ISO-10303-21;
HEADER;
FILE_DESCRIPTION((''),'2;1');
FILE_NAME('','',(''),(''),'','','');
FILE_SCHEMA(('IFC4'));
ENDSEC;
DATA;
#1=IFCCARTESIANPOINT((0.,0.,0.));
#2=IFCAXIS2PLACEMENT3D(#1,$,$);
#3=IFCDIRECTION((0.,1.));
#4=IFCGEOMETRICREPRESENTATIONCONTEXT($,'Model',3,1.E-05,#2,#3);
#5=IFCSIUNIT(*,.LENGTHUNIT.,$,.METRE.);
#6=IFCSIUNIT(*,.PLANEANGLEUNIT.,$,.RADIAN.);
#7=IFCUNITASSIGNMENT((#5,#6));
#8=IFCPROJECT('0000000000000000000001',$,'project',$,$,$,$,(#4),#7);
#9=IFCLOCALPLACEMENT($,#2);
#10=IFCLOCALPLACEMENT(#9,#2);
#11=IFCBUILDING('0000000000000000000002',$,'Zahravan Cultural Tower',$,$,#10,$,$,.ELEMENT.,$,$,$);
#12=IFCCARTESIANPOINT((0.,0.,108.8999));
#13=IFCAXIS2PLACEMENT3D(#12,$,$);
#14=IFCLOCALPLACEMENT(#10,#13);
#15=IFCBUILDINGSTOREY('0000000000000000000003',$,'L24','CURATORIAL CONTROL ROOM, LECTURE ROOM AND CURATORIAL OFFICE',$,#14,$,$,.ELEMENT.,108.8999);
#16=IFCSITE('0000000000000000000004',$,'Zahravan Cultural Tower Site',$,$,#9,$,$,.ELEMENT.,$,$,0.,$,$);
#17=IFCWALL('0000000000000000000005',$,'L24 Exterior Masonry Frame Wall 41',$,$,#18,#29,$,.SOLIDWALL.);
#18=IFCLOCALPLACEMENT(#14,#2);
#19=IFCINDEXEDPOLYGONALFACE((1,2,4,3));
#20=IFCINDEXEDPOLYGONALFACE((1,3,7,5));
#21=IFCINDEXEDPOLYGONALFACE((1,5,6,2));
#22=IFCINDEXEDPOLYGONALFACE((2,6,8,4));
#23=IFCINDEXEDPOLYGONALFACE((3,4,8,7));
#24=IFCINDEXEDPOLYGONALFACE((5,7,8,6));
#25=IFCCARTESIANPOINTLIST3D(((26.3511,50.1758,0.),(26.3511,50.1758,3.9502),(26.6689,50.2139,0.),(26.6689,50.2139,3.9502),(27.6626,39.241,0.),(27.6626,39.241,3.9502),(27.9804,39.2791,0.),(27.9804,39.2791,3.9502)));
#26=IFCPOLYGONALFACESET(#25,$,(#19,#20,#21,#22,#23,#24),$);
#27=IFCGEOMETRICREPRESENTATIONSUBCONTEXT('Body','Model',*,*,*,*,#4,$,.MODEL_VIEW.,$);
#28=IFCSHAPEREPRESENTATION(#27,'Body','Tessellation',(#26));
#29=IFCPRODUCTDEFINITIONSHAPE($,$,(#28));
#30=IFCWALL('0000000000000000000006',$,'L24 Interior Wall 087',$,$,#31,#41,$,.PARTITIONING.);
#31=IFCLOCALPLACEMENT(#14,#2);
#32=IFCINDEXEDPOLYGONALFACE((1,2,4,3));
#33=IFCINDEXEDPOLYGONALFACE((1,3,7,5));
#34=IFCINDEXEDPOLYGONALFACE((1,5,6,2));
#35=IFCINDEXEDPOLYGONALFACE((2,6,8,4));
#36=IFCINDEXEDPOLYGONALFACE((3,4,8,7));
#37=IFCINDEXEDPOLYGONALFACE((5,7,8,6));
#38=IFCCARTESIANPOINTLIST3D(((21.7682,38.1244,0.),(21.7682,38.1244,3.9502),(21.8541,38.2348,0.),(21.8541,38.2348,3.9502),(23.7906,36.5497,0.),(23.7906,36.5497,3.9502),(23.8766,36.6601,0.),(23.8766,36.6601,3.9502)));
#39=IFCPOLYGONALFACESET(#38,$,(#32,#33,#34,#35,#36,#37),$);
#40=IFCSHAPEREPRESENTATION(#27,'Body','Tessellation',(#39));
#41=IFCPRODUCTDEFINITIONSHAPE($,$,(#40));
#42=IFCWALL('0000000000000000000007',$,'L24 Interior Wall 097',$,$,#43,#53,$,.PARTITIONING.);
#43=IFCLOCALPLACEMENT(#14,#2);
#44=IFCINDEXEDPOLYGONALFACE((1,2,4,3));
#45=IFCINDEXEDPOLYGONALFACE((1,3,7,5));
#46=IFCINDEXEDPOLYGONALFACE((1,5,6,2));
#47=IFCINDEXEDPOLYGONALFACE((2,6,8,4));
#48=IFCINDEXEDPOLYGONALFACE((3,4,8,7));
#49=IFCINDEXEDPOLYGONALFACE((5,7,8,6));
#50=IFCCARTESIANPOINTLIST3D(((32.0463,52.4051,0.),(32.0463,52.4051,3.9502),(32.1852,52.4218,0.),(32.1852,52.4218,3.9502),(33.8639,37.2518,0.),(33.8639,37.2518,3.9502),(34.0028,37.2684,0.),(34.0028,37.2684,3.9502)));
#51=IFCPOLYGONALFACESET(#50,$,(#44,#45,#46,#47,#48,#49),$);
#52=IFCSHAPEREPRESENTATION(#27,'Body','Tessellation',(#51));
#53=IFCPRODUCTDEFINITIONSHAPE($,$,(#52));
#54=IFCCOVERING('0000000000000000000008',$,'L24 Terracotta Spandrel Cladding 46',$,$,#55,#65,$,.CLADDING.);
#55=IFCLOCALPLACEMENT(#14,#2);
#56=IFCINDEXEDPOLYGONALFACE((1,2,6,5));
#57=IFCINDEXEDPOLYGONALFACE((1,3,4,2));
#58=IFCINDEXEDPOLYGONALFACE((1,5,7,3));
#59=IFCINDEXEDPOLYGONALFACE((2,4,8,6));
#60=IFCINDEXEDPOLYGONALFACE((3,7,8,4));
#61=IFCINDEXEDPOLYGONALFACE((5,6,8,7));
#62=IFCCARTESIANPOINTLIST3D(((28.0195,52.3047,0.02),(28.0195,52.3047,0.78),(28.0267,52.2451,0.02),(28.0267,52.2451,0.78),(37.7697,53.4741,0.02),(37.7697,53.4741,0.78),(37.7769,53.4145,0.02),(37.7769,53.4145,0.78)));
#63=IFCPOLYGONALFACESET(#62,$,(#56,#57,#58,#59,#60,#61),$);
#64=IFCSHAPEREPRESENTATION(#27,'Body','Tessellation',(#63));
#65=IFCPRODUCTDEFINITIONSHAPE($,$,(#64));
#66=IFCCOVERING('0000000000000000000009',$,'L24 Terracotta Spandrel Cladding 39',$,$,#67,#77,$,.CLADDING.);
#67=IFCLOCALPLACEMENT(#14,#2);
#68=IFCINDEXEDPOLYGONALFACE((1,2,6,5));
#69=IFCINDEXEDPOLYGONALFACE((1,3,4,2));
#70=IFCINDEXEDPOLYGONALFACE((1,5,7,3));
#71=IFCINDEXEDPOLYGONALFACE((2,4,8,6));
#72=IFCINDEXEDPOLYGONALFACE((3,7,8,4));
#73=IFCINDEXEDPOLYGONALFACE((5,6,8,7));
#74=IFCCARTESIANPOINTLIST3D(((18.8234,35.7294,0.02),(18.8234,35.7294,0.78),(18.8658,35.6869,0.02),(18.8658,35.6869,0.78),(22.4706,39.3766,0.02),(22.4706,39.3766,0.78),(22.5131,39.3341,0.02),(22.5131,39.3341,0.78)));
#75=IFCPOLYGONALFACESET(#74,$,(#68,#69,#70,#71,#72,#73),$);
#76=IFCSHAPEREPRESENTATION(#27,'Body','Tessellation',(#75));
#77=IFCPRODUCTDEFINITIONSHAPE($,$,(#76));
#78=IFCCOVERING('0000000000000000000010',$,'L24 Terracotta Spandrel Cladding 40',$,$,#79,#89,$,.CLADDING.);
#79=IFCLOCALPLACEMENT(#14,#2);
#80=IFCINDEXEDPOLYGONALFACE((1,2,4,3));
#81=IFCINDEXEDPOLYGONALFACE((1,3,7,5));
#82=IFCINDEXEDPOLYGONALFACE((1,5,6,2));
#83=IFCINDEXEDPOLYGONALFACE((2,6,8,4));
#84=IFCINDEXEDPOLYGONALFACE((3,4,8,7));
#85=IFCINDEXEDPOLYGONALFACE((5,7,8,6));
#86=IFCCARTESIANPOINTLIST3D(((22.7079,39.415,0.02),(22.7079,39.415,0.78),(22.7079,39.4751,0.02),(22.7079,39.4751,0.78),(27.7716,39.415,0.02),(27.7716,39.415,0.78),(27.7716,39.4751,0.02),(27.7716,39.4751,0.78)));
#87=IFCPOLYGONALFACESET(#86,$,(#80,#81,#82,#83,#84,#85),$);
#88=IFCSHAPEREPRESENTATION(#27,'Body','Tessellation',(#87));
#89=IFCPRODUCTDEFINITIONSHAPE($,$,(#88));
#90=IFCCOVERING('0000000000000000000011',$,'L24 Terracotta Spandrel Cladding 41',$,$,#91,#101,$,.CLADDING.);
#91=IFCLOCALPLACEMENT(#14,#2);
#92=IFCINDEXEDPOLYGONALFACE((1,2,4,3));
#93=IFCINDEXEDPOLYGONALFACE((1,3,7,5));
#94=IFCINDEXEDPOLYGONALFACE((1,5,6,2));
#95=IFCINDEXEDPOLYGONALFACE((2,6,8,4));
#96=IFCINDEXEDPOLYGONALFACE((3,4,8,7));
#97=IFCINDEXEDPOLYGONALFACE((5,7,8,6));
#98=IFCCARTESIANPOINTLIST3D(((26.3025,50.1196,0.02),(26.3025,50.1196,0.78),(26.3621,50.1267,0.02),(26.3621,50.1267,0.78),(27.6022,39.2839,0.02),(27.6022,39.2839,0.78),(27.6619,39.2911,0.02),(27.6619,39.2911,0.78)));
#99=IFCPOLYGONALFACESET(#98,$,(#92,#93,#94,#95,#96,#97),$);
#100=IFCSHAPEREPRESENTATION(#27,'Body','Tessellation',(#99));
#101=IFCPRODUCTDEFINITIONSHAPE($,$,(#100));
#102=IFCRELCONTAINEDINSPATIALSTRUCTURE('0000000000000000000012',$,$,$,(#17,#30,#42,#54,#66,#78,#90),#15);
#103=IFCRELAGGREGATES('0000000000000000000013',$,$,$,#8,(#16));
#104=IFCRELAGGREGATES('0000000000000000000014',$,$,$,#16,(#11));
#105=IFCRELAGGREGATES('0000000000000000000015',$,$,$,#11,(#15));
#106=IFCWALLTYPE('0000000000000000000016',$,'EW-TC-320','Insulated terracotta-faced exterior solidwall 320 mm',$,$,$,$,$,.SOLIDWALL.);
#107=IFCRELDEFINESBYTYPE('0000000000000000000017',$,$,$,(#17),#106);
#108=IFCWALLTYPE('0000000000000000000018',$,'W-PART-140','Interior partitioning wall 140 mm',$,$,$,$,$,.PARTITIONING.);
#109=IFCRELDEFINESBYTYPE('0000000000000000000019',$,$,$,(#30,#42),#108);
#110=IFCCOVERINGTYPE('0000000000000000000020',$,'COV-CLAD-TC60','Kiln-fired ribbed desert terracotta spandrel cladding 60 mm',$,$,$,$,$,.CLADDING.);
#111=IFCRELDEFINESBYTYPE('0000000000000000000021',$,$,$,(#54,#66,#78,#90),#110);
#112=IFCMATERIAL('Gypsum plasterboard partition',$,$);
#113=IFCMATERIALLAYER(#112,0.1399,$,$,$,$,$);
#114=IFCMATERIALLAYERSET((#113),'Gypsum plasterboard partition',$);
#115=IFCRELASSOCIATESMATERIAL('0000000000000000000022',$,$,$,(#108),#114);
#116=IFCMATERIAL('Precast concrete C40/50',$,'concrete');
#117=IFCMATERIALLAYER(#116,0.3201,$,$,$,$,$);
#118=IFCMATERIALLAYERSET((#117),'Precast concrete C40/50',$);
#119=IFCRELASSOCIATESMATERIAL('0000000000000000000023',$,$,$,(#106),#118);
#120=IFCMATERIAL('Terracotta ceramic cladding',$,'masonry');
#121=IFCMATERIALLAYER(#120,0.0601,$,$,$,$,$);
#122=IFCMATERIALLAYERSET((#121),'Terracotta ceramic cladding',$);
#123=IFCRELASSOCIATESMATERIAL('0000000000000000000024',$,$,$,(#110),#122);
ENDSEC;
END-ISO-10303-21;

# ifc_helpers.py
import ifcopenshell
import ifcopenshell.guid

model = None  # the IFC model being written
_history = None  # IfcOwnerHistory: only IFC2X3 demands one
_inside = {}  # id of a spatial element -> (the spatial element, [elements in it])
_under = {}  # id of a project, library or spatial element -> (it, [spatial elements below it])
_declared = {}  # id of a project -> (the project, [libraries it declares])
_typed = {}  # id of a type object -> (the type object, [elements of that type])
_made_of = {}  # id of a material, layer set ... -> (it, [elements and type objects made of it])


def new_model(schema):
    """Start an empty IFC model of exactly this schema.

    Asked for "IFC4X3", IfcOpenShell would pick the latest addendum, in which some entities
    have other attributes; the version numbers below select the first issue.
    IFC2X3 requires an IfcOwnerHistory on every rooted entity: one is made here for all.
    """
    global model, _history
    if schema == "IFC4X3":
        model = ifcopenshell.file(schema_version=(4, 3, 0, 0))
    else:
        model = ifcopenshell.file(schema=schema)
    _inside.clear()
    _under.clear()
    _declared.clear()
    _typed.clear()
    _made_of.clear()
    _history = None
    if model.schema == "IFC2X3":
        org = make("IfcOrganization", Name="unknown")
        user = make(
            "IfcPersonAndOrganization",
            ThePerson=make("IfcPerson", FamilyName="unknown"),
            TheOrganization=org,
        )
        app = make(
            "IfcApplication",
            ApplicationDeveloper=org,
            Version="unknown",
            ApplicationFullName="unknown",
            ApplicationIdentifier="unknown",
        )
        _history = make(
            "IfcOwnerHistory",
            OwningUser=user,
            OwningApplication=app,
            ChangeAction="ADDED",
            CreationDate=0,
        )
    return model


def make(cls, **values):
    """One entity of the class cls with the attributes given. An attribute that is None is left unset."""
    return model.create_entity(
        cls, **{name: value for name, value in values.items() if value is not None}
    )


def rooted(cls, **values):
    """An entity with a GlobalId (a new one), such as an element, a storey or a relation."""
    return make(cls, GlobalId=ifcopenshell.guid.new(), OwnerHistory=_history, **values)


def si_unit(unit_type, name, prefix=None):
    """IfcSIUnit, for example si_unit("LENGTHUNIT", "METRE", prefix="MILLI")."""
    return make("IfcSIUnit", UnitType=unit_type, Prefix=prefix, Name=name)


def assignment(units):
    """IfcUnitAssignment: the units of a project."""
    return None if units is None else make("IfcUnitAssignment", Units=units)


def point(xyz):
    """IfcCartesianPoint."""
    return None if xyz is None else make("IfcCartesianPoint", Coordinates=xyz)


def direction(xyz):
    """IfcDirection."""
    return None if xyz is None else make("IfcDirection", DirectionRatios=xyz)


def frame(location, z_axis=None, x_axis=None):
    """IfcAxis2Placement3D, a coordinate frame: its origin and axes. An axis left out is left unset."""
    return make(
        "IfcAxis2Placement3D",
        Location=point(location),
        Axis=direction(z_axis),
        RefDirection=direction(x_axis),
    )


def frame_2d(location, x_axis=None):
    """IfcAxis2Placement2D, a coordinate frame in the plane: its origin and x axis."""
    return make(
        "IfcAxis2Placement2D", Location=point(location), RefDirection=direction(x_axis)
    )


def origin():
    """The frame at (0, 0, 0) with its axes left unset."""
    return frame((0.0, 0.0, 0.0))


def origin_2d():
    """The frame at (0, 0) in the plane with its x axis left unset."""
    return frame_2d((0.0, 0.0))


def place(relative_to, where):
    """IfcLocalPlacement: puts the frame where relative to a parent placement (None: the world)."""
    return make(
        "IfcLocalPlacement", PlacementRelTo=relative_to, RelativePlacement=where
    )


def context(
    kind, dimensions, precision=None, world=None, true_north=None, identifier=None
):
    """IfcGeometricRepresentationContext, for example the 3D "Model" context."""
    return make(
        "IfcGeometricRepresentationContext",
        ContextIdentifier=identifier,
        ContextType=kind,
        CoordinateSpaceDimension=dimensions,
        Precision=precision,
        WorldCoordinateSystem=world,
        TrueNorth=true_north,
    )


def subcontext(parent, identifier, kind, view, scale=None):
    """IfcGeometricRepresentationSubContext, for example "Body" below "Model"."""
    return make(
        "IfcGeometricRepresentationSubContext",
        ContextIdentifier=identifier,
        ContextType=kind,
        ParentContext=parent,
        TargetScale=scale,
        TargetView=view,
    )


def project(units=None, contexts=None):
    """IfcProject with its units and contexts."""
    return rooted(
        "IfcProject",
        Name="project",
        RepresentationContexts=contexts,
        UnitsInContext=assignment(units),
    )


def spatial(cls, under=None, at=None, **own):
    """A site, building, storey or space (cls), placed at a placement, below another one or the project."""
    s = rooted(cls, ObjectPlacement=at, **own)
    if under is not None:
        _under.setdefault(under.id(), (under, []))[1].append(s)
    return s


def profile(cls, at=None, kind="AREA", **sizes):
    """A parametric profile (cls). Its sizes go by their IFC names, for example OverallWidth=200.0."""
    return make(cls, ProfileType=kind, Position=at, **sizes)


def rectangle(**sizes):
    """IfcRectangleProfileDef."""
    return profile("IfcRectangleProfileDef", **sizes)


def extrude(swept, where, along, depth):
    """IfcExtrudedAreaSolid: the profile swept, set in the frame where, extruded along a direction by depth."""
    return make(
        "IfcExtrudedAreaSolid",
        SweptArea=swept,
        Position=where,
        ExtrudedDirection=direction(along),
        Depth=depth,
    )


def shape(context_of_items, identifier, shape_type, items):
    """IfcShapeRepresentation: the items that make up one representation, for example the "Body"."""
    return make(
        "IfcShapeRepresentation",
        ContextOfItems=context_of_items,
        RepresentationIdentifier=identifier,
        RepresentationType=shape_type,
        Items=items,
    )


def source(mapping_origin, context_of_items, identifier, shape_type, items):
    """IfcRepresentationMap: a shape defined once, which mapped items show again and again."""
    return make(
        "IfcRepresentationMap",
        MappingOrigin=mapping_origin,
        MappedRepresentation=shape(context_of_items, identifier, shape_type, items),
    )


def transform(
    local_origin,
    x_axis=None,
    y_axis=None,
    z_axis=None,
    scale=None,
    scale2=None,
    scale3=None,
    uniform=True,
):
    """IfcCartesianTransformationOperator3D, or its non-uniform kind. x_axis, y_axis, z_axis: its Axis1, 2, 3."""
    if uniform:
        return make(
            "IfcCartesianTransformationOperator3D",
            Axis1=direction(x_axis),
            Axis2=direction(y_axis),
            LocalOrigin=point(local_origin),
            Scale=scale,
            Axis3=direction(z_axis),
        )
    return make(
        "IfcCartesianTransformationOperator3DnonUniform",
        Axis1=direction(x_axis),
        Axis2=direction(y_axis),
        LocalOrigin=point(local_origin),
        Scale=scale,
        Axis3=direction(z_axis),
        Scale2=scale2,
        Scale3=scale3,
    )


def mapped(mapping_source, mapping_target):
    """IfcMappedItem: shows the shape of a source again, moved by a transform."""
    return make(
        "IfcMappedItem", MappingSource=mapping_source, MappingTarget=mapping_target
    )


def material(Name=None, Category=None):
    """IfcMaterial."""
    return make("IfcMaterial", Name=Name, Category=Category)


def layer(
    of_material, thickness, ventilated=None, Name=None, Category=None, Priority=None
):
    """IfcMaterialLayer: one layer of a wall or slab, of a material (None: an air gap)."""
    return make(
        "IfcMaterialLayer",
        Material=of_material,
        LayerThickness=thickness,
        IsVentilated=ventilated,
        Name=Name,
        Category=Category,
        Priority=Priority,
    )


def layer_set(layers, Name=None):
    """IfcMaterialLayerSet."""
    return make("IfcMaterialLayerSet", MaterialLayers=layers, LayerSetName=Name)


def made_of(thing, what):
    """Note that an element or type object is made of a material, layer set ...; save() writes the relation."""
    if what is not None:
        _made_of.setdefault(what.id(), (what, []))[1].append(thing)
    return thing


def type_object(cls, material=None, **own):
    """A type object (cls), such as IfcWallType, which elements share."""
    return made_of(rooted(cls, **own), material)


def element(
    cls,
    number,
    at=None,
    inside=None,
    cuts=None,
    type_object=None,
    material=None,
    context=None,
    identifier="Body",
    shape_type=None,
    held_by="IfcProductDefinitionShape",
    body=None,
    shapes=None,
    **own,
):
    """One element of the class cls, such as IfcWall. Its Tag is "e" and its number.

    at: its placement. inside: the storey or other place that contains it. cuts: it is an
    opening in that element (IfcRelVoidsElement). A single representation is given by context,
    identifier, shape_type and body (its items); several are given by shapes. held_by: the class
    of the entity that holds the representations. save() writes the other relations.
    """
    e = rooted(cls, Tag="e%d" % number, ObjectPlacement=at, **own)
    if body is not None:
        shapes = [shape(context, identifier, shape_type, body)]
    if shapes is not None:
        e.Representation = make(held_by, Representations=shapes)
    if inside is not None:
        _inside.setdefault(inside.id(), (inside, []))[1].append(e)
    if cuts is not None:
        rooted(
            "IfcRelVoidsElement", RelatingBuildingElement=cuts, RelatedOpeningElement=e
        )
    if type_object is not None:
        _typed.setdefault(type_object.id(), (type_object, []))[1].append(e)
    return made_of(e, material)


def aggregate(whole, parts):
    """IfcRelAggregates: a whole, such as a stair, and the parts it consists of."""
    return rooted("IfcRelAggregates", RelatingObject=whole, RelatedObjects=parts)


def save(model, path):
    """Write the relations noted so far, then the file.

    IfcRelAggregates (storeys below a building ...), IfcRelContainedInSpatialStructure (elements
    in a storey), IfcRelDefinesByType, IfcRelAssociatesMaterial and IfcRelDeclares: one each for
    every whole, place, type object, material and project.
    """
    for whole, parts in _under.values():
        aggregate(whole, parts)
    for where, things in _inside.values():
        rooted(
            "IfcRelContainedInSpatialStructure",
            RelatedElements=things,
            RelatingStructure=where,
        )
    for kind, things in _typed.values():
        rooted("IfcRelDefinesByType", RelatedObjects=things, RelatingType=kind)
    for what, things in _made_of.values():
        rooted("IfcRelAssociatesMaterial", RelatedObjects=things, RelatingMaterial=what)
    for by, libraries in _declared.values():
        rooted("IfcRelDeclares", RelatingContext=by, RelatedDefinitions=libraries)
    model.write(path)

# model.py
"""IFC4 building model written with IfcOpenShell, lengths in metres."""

from ifc_helpers import new_model, si_unit, direction, frame, frame_2d, origin, origin_2d, place, context, subcontext, project, spatial, rectangle, extrude, source, transform, mapped, material, layer, layer_set, type_object, element, save


model = new_model("IFC4")

# Units and contexts
model_context = context("Model", 3, precision=1e-05, world=origin(), true_north=direction((0.0, 1.0)))
body_context = subcontext(model_context, "Body", "Model", "MODEL_VIEW")
ifc_project = project(units=[si_unit("LENGTHUNIT", "METRE"), si_unit("PLANEANGLEUNIT", "RADIAN")], contexts=[model_context])

# Site, building, storey
site_placement = place(None, origin())
site = spatial("IfcSite", under=ifc_project, at=site_placement, Name="Zahravan Cultural Tower Site", CompositionType="ELEMENT", RefElevation=0.0)
building_placement = place(site_placement, origin())
building = spatial("IfcBuilding", under=site, at=building_placement, Name="Zahravan Cultural Tower", CompositionType="ELEMENT")
storey_placement = place(building_placement, frame((0.0, 0.0, 108.8999)))
storey = spatial("IfcBuildingStorey", under=building, at=storey_placement, Name="L24", Description="CURATORIAL CONTROL ROOM, LECTURE ROOM AND CURATORIAL OFFICE", CompositionType="ELEMENT", Elevation=108.8999)

# Shared definitions
ifc_material_1 = material(Name="Gypsum plasterboard partition")
ifc_layer_1 = layer(ifc_material_1, 0.1399)
ifc_layer_set_1 = layer_set([ifc_layer_1], Name="Gypsum plasterboard partition")
wall_type_1 = type_object("IfcWallType", Name="W-PART-140", Description="Interior partitioning wall 140 mm", PredefinedType="PARTITIONING", material=ifc_layer_set_1)

# Walls
ifc_material_2 = material(Name="Precast concrete C40/50", Category="concrete")
ifc_layer_2 = layer(ifc_material_2, 0.3201)
ifc_layer_set_2 = layer_set([ifc_layer_2], Name="Precast concrete C40/50")
wall_type_2 = type_object("IfcWallType", Name="EW-TC-320", Description="Insulated terracotta-faced exterior solidwall 320 mm", PredefinedType="SOLIDWALL", material=ifc_layer_set_2)
shared_shape_1 = source(origin(), body_context, "Body", "SweptSolid", [
    extrude(rectangle(XDim=11.0132, YDim=0.3201, at=frame_2d((5.5066, 0.0))), origin(), (0.0, 0.0, 1.0), 3.9502),
])
wall_1_placement = place(storey_placement, frame((27.8215, 39.26, 0.0), z_axis=(0.0, 0.0, 1.0), x_axis=(-0.119087, 0.992884, 0.0)))
element("IfcWall", 1, at=wall_1_placement, inside=storey, type_object=wall_type_2, Name="L24 Exterior Masonry Frame Wall 41", PredefinedType="SOLIDWALL", context=body_context, shape_type="MappedRepresentation", body=[
    mapped(shared_shape_1, transform((0.0, 0.0, 0.0), x_axis=(1.0, 0.0, 0.0), y_axis=(0.0, 1.0, 0.0), z_axis=(0.0, 0.0, 1.0), scale=1.0)),
])
shared_shape_2 = source(origin(), body_context, "Body", "SweptSolid", [
    extrude(rectangle(XDim=2.5632, YDim=0.1399, at=frame_2d((1.2817, 0.0))), origin(), (0.0, 0.0, 1.0), 3.9502),
])
wall_2_placement = place(storey_placement, frame((21.811, 38.1797, 0.0), z_axis=(0.0, 0.0, 1.0), x_axis=(0.789034, -0.614349, 0.0)))
element("IfcWall", 2, at=wall_2_placement, inside=storey, type_object=wall_type_1, Name="L24 Interior Wall 087", PredefinedType="PARTITIONING", context=body_context, shape_type="MappedRepresentation", body=[
    mapped(shared_shape_2, transform((0.0, 0.0, 0.0), x_axis=(1.0, 0.0, 0.0), y_axis=(0.0, 1.0, 0.0), z_axis=(0.0, 0.0, 1.0), scale=1.0)),
])
shared_shape_3 = source(origin(), body_context, "Body", "SweptSolid", [
    extrude(rectangle(XDim=15.262, YDim=0.1399, at=frame_2d((7.6309, 0.0))), origin(), (0.0, 0.0, 1.0), 3.9502),
])
wall_3_placement = place(storey_placement, frame((32.1157, 52.4133, 0.0), z_axis=(0.0, 0.0, 1.0), x_axis=(0.119095, -0.992883, 0.0)))
element("IfcWall", 3, at=wall_3_placement, inside=storey, type_object=wall_type_1, Name="L24 Interior Wall 097", PredefinedType="PARTITIONING", context=body_context, shape_type="MappedRepresentation", body=[
    mapped(shared_shape_3, transform((0.0, 0.0, 0.0), x_axis=(1.0, 0.0, 0.0), y_axis=(0.0, 1.0, 0.0), z_axis=(0.0, 0.0, 1.0), scale=1.0)),
])

# Coverings
ifc_material_3 = material(Name="Terracotta ceramic cladding", Category="masonry")
ifc_layer_3 = layer(ifc_material_3, 0.0601)
ifc_layer_set_3 = layer_set([ifc_layer_3], Name="Terracotta ceramic cladding")
covering_type = type_object("IfcCoveringType", Name="COV-CLAD-TC60", Description="Kiln-fired ribbed desert terracotta spandrel cladding 60 mm", PredefinedType="CLADDING", material=ifc_layer_set_3)
shared_shape_4 = source(origin(), body_context, "Body", "SweptSolid", [
    extrude(rectangle(XDim=9.8201, YDim=0.0601, at=origin_2d()), origin(), (0.0, 0.0, 1.0), 0.76),
])
covering_1_placement = place(storey_placement, frame((32.8982, 52.8596, 0.02), z_axis=(0.0, 0.0, 1.0), x_axis=(0.992885, 0.11908, 0.0)))
element("IfcCovering", 4, at=covering_1_placement, inside=storey, type_object=covering_type, Name="L24 Terracotta Spandrel Cladding 46", PredefinedType="CLADDING", context=body_context, shape_type="MappedRepresentation", body=[
    mapped(shared_shape_4, transform((0.0, 0.0, 0.0), x_axis=(1.0, 0.0, 0.0), y_axis=(0.0, 1.0, 0.0), z_axis=(0.0, 0.0, 1.0), scale=1.0)),
])
shared_shape_5 = source(origin(), body_context, "Body", "SweptSolid", [
    extrude(rectangle(XDim=5.158, YDim=0.0601, at=origin_2d()), origin(), (0.0, 0.0, 1.0), 0.76),
])
covering_2_placement = place(storey_placement, frame((20.6682, 37.5317, 0.02), z_axis=(0.0, 0.0, 1.0), x_axis=(0.707107, 0.707107, 0.0)))
element("IfcCovering", 5, at=covering_2_placement, inside=storey, type_object=covering_type, Name="L24 Terracotta Spandrel Cladding 39", PredefinedType="CLADDING", context=body_context, shape_type="MappedRepresentation", body=[
    mapped(shared_shape_5, transform((0.0, 0.0, 0.0), x_axis=(1.0, 0.0, 0.0), y_axis=(0.0, 1.0, 0.0), z_axis=(0.0, 0.0, 1.0), scale=1.0)),
])
shared_shape_6 = source(origin(), body_context, "Body", "SweptSolid", [
    extrude(rectangle(XDim=5.0637, YDim=0.0601, at=origin_2d()), origin(), (0.0, 0.0, 1.0), 0.76),
])
covering_3_placement = place(storey_placement, frame((25.2397, 39.4451, 0.02), z_axis=(0.0, 0.0, 1.0), x_axis=(1.0, 0.0, 0.0)))
element("IfcCovering", 6, at=covering_3_placement, inside=storey, type_object=covering_type, Name="L24 Terracotta Spandrel Cladding 40", PredefinedType="CLADDING", context=body_context, shape_type="MappedRepresentation", body=[
    mapped(shared_shape_6, transform((0.0, 0.0, 0.0), x_axis=(1.0, 0.0, 0.0), y_axis=(0.0, 1.0, 0.0), z_axis=(0.0, 0.0, 1.0), scale=1.0)),
])
shared_shape_7 = source(origin(), body_context, "Body", "SweptSolid", [
    extrude(rectangle(XDim=10.9133, YDim=0.0601, at=origin_2d()), origin(), (0.0, 0.0, 1.0), 0.76),
])
covering_4_placement = place(storey_placement, frame((26.9822, 44.7053, 0.02), z_axis=(0.0, 0.0, 1.0), x_axis=(-0.119097, 0.992883, 0.0)))
element("IfcCovering", 7, at=covering_4_placement, inside=storey, type_object=covering_type, Name="L24 Terracotta Spandrel Cladding 41", PredefinedType="CLADDING", context=body_context, shape_type="MappedRepresentation", body=[
    mapped(shared_shape_7, transform((0.0, 0.0, 0.0), x_axis=(1.0, 0.0, 0.0), y_axis=(0.0, 1.0, 0.0), z_axis=(0.0, 0.0, 1.0), scale=1.0)),
])

save(model, "model.ifc")
